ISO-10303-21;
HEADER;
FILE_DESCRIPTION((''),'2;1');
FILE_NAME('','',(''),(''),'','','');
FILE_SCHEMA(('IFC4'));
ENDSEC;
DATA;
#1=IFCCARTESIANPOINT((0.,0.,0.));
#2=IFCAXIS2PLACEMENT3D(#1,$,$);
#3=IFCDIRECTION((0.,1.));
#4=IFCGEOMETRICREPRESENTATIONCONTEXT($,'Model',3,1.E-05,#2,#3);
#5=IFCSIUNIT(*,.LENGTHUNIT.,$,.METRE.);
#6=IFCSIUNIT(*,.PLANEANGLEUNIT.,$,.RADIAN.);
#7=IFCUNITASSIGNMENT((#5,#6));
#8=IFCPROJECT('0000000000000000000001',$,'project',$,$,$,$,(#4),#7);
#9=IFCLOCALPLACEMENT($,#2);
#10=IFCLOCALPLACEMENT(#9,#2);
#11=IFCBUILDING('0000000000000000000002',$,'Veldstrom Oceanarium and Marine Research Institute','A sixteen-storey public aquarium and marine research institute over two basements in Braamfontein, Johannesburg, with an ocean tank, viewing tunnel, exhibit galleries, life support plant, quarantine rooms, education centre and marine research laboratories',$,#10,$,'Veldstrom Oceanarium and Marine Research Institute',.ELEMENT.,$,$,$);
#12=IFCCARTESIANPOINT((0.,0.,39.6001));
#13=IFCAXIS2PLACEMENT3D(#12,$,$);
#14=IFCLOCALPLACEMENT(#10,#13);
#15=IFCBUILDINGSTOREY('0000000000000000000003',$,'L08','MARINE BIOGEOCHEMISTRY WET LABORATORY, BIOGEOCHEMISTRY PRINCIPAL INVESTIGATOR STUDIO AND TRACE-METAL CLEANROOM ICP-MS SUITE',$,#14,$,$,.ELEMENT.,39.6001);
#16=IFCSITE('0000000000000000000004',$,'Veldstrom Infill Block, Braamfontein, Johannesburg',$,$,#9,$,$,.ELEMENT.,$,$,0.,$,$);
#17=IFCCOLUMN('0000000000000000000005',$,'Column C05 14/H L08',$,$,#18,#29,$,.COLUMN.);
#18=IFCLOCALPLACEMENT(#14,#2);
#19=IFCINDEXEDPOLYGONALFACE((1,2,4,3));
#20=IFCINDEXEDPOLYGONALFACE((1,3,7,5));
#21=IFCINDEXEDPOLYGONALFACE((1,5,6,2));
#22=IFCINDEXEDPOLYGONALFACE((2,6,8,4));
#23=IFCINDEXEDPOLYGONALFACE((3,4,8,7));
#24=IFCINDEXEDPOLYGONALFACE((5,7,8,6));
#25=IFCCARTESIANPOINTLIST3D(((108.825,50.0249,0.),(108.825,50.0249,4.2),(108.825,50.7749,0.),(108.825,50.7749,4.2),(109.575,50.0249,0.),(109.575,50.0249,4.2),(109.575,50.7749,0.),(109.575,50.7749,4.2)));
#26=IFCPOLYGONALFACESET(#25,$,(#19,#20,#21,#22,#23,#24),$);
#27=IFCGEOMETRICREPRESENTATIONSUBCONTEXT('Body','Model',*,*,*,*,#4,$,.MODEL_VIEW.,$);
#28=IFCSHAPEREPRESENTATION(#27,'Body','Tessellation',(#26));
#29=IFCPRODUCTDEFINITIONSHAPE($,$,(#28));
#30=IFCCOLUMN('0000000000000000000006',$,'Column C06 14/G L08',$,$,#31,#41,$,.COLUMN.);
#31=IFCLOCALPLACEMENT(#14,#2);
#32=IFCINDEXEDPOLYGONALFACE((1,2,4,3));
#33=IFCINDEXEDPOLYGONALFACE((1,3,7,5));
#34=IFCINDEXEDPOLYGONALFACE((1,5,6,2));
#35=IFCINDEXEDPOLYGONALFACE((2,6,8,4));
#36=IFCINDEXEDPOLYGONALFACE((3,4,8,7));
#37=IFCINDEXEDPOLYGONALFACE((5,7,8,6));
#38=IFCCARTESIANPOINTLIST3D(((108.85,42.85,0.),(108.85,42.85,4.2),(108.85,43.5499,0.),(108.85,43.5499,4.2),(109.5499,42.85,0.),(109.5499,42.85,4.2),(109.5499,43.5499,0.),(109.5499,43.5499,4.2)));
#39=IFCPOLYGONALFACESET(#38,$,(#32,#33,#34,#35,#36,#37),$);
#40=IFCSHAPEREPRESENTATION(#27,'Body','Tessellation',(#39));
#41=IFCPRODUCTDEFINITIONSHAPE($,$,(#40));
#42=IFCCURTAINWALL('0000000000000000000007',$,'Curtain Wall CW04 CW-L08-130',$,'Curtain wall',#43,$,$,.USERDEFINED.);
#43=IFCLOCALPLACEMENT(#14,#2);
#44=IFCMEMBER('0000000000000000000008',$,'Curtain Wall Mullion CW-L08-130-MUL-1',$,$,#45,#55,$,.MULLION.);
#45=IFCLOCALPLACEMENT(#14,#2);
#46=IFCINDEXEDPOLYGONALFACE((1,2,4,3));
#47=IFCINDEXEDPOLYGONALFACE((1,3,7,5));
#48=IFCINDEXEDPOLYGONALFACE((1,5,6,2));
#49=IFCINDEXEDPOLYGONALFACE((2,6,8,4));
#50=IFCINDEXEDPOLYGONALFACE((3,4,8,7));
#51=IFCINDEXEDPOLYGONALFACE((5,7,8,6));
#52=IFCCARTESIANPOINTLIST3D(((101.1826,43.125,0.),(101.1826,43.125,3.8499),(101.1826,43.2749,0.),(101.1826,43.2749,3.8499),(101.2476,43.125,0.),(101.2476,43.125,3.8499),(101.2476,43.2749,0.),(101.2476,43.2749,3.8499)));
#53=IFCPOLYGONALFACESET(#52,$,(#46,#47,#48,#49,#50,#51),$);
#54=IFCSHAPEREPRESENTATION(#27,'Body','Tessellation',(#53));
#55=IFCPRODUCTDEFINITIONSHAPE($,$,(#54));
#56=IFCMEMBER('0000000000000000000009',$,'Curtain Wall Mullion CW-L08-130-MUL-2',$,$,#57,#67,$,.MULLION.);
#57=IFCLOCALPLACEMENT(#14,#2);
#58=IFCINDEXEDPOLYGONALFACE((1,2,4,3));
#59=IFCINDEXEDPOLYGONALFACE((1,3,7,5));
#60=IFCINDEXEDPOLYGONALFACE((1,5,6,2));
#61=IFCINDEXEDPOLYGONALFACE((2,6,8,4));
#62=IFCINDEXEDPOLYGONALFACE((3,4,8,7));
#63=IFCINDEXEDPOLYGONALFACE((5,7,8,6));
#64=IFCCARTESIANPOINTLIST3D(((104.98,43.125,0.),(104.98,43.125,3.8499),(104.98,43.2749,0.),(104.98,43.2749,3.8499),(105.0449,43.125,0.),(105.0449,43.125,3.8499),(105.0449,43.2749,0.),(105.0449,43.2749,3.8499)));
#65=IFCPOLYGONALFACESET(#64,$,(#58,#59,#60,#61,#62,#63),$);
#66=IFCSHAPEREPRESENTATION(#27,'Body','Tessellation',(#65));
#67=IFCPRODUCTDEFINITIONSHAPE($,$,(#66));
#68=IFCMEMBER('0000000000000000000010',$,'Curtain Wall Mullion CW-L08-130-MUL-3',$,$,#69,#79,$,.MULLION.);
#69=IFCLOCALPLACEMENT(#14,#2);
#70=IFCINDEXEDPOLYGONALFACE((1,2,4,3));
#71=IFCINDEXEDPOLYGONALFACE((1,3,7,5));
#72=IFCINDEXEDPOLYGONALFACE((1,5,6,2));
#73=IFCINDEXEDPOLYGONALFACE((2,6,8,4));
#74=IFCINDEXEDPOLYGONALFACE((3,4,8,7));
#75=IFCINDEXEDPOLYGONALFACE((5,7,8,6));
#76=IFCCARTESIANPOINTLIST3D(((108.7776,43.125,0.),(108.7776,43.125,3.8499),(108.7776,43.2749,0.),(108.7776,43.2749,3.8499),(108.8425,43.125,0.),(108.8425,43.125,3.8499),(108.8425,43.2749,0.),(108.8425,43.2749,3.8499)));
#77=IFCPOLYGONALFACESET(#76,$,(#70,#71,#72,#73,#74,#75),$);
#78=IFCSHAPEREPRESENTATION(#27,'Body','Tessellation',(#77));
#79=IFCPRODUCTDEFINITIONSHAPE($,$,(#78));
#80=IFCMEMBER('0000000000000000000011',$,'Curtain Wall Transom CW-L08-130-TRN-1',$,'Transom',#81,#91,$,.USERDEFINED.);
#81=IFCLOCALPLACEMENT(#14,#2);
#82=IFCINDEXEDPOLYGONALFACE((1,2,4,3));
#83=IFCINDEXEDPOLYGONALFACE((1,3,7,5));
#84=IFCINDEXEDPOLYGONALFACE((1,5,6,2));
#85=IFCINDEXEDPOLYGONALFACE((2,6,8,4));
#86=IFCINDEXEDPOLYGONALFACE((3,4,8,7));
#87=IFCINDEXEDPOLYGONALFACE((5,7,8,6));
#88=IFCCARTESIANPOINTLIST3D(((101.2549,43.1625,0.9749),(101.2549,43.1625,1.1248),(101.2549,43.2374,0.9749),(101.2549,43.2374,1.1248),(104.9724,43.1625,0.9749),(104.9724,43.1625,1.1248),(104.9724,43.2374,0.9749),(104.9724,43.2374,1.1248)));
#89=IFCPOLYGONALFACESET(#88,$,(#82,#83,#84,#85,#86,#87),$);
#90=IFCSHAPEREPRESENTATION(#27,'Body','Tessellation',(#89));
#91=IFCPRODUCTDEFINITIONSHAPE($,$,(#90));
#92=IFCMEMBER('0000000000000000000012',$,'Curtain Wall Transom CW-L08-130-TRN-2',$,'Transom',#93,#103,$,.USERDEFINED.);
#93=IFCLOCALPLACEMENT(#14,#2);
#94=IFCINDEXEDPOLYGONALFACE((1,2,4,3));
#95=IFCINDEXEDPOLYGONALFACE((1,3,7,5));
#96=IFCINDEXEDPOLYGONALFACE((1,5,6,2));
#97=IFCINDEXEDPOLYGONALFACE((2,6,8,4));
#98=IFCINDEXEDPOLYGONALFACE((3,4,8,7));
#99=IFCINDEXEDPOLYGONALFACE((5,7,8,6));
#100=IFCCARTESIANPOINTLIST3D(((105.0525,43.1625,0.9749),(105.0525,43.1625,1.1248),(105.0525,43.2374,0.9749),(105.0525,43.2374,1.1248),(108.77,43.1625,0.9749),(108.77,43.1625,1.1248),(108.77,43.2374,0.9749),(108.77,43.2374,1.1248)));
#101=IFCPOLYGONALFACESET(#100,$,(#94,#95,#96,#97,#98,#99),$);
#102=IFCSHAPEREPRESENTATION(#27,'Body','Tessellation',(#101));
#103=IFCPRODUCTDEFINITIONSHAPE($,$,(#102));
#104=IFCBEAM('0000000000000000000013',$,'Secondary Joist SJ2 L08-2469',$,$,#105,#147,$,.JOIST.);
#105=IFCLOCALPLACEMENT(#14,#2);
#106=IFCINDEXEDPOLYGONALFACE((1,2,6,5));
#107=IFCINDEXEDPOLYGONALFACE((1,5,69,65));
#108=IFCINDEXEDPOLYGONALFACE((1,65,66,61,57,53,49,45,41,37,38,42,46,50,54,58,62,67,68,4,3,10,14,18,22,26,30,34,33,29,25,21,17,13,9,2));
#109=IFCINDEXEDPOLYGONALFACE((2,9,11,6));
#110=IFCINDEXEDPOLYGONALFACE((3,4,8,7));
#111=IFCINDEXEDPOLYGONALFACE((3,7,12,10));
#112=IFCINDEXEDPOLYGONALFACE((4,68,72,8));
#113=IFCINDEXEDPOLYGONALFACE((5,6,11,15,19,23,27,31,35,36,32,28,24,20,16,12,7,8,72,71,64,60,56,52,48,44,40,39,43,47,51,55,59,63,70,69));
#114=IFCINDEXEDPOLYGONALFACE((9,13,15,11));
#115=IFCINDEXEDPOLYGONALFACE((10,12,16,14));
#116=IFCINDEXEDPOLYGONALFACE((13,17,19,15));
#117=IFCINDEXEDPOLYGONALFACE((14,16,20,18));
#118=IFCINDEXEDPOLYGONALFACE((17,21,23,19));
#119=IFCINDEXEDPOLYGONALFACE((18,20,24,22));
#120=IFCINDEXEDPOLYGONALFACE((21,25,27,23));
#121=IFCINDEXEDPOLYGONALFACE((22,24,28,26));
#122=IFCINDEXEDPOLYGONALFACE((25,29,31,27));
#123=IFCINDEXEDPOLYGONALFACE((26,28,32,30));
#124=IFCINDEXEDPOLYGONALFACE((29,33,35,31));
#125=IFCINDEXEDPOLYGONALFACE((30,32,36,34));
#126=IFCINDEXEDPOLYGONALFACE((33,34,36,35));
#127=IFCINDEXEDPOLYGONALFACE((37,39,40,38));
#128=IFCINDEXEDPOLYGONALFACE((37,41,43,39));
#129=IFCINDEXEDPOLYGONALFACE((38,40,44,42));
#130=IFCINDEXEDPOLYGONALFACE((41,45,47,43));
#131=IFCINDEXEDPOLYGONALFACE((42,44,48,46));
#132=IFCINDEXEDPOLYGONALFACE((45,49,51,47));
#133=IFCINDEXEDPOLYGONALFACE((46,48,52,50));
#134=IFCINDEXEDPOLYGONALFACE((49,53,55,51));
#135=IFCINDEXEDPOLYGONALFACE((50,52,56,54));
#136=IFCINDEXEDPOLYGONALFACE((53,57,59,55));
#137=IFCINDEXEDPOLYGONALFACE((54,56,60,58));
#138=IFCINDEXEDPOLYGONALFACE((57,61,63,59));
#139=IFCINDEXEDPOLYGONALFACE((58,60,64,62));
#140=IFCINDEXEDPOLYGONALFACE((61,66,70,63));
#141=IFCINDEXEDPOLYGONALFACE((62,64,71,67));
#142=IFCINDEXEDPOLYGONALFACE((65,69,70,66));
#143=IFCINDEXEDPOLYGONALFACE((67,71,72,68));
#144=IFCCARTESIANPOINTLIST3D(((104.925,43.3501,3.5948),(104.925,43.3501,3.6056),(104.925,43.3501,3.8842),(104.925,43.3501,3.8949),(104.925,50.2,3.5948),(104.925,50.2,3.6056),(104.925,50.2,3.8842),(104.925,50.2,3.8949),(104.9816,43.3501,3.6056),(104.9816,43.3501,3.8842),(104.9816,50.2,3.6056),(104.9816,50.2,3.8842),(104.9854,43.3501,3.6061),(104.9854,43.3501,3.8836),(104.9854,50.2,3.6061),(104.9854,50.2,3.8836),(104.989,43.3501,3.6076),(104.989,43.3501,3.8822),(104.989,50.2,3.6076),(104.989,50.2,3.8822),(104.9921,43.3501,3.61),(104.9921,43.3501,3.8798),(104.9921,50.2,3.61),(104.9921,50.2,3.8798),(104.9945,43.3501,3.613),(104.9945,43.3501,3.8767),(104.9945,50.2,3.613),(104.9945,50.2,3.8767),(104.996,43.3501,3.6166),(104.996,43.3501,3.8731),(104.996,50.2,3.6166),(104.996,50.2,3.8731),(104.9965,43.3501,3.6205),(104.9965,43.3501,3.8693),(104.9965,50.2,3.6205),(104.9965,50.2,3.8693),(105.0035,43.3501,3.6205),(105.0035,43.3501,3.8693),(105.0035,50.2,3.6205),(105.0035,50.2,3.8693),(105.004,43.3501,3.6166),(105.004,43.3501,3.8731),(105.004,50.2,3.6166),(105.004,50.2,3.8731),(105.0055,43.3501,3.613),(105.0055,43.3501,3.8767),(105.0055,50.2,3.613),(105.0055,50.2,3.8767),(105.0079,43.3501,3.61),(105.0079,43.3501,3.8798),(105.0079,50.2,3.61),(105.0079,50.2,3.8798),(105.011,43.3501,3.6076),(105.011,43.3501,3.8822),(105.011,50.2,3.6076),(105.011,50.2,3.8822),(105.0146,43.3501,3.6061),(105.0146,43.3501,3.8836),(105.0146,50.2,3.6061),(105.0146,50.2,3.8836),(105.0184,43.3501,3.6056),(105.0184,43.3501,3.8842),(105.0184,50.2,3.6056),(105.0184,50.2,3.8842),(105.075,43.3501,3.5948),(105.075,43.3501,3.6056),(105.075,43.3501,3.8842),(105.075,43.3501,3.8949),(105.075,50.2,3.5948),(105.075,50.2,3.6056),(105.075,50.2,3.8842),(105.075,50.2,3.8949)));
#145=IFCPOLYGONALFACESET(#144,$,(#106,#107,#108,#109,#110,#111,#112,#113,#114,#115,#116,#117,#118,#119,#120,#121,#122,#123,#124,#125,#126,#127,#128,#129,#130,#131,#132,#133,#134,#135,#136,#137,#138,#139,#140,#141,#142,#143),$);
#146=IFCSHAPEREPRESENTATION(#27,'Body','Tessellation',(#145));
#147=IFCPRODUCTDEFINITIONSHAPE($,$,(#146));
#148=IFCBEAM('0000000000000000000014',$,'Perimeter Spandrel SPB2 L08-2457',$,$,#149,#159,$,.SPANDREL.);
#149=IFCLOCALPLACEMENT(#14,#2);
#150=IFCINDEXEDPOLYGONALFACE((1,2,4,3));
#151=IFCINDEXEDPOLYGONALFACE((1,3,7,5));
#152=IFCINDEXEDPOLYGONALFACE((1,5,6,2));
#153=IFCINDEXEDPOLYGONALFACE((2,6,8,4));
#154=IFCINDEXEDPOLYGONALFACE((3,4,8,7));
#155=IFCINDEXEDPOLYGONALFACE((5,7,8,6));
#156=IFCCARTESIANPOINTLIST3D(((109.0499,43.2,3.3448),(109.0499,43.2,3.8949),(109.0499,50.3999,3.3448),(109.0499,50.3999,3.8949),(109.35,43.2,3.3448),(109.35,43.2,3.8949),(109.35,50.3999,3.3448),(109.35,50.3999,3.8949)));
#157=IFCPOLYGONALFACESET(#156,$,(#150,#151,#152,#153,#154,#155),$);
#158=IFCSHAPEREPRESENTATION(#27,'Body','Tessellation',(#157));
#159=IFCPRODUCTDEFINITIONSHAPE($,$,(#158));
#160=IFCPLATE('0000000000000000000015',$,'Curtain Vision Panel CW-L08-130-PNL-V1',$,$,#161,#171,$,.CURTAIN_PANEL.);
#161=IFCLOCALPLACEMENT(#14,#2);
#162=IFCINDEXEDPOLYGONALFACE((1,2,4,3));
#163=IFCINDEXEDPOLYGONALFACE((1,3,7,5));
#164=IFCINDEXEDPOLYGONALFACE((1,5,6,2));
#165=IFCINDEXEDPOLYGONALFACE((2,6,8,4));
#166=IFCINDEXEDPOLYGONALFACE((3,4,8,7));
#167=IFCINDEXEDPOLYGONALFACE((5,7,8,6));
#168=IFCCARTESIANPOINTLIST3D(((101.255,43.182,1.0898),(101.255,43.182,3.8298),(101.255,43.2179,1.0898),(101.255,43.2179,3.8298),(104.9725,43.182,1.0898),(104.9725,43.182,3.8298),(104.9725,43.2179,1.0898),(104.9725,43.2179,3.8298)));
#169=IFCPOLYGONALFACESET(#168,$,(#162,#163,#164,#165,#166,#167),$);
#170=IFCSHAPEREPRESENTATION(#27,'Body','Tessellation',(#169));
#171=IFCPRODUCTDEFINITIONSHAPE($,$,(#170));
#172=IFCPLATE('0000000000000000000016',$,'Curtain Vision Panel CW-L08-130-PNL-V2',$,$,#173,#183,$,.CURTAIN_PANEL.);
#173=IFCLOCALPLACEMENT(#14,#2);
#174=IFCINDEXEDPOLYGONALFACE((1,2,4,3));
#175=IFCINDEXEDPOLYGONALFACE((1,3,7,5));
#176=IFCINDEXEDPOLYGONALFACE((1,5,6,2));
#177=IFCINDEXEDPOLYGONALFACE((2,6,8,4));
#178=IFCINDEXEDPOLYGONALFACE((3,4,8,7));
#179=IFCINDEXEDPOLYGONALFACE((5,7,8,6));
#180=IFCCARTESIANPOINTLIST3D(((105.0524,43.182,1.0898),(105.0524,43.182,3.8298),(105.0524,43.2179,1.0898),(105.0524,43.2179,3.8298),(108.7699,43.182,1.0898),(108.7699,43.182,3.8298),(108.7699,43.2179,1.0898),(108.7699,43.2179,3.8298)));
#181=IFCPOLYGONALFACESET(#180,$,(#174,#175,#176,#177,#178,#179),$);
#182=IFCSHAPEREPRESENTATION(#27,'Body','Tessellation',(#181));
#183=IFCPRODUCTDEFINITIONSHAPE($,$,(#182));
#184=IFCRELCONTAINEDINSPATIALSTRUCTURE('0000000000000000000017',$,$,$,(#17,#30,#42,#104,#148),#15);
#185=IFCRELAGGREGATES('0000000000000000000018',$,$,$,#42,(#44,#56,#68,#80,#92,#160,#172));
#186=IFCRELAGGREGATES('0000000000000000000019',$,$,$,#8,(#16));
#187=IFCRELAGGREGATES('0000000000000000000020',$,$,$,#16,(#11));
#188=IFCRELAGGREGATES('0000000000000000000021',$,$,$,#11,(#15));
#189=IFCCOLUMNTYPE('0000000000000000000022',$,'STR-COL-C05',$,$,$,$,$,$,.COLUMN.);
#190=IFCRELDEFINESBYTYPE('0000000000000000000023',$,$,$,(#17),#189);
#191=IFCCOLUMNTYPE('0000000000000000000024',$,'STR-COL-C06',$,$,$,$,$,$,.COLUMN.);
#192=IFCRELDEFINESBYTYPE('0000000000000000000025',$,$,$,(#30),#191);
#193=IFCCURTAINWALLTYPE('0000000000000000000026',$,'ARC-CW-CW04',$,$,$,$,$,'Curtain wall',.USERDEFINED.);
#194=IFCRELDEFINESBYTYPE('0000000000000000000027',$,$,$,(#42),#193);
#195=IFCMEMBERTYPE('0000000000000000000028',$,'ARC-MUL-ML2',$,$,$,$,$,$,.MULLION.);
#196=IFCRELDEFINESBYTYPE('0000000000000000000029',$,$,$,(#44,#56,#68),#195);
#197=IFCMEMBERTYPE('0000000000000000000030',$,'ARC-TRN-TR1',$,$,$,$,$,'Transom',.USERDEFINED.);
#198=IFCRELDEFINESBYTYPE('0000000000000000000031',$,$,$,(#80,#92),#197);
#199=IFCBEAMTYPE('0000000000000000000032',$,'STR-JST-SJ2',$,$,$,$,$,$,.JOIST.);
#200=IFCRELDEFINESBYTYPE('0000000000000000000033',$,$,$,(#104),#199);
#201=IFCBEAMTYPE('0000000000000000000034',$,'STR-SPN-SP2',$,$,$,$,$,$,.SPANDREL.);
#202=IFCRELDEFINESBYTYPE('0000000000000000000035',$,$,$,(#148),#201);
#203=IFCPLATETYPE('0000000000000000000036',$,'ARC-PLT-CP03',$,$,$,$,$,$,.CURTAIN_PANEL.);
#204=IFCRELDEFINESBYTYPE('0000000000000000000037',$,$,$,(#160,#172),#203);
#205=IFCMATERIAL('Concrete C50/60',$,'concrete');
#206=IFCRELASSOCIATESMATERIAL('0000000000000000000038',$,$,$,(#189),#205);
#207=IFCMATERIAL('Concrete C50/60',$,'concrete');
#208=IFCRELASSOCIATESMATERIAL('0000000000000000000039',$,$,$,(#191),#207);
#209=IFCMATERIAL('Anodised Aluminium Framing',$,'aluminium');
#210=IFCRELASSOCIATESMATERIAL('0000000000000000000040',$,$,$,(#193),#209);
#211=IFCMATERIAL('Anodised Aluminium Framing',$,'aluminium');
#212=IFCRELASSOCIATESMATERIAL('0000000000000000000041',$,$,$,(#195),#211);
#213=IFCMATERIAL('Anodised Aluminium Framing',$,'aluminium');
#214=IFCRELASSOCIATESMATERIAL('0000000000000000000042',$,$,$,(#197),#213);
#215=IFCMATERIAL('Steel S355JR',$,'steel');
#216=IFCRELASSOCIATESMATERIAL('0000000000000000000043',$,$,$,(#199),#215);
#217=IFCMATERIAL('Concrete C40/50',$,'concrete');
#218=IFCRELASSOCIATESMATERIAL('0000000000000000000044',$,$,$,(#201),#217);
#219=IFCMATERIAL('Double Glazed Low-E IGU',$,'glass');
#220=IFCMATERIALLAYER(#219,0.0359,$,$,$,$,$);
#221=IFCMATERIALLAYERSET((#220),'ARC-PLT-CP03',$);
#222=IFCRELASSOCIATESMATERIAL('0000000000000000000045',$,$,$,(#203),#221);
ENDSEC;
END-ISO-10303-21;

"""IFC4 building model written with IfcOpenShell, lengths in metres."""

from ifc_helpers import new_model, si_unit, direction, frame, origin, origin_2d, place, context, subcontext, project, spatial, rectangle, i_section, extrude, material, layer, layer_set, material_profile, profile_set, type_object, element, aggregate, save


model = new_model("IFC4")

# Units and contexts
model_context = context("Model", 3, precision=1e-05, world=origin(), true_north=direction((0.0, 1.0)))
body_context = subcontext(model_context, "Body", "Model", "MODEL_VIEW")
ifc_project = project(units=[si_unit("LENGTHUNIT", "METRE"), si_unit("PLANEANGLEUNIT", "RADIAN")], contexts=[model_context])

# Site, building, storey
site_placement = place(None, origin())
site = spatial("IfcSite", under=ifc_project, at=site_placement, Name="Veldstrom Infill Block, Braamfontein, Johannesburg", CompositionType="ELEMENT", RefElevation=0.0)
building_placement = place(site_placement, origin())
building = spatial("IfcBuilding", under=site, at=building_placement, Name="Veldstrom Oceanarium and Marine Research Institute", Description="A sixteen-storey public aquarium and marine research institute over two basements in Braamfontein, Johannesburg, with an ocean tank, viewing tunnel, exhibit galleries, life support plant, quarantine rooms, education centre and marine research laboratories", LongName="Veldstrom Oceanarium and Marine Research Institute", CompositionType="ELEMENT")
storey_placement = place(building_placement, frame((0.0, 0.0, 39.6001)))
storey = spatial("IfcBuildingStorey", under=building, at=storey_placement, Name="L08", Description="MARINE BIOGEOCHEMISTRY WET LABORATORY, BIOGEOCHEMISTRY PRINCIPAL INVESTIGATOR STUDIO AND TRACE-METAL CLEANROOM ICP-MS SUITE", CompositionType="ELEMENT", Elevation=39.6001)

# Columns
ifc_material_1 = material(Name="Concrete C50/60", Category="concrete")
ifc_material_profile_1 = material_profile(ifc_material_1, rectangle(XDim=0.75, YDim=0.75, at=origin_2d()), Name="RC-COL-750x750")
ifc_profile_set_1 = profile_set([ifc_material_profile_1], Name="Concrete C50/60")
column_type_1 = type_object("IfcColumnType", Name="STR-COL-C05", PredefinedType="COLUMN", material=ifc_profile_set_1)
column_1_placement = place(storey_placement, frame((109.2, 50.3999, 0.0), z_axis=(0.0, 0.0, 1.0), x_axis=(1.0, 0.0, 0.0)))
element("IfcColumn", 1, at=column_1_placement, inside=storey, type_object=column_type_1, Name="Column C05 14/H L08", PredefinedType="COLUMN", context=body_context, shape_type="SweptSolid", body=[
    extrude(rectangle(XDim=0.75, YDim=0.75, at=origin_2d()), origin(), (0.0, 0.0, 1.0), 4.2),
])
ifc_material_2 = material(Name="Concrete C50/60", Category="concrete")
ifc_material_profile_2 = material_profile(ifc_material_2, rectangle(XDim=0.7, YDim=0.7, at=origin_2d()), Name="RC-COL-700x700")
ifc_profile_set_2 = profile_set([ifc_material_profile_2], Name="Concrete C50/60")
column_type_2 = type_object("IfcColumnType", Name="STR-COL-C06", PredefinedType="COLUMN", material=ifc_profile_set_2)
column_2_placement = place(storey_placement, frame((109.2, 43.2, 0.0), z_axis=(0.0, 0.0, 1.0), x_axis=(1.0, 0.0, 0.0)))
element("IfcColumn", 2, at=column_2_placement, inside=storey, type_object=column_type_2, Name="Column C06 14/G L08", PredefinedType="COLUMN", context=body_context, shape_type="SweptSolid", body=[
    extrude(rectangle(XDim=0.7, YDim=0.7, at=origin_2d()), origin(), (0.0, 0.0, 1.0), 4.2),
])

# Curtain wall, members
ifc_material_3 = material(Name="Anodised Aluminium Framing", Category="aluminium")
curtain_wall_type = type_object("IfcCurtainWallType", Name="ARC-CW-CW04", ElementType="Curtain wall", PredefinedType="USERDEFINED", material=ifc_material_3)
curtain_wall_placement = place(storey_placement, origin())
curtain_wall = element("IfcCurtainWall", 3, at=curtain_wall_placement, inside=storey, type_object=curtain_wall_type, Name="Curtain Wall CW04 CW-L08-130", ObjectType="Curtain wall", PredefinedType="USERDEFINED")
ifc_material_4 = material(Name="Anodised Aluminium Framing", Category="aluminium")
ifc_material_profile_3 = material_profile(ifc_material_4, rectangle(XDim=0.0649, YDim=0.1499, at=origin_2d()), Name="ALU-MUL-65x150")
ifc_profile_set_3 = profile_set([ifc_material_profile_3], Name="Anodised Aluminium Framing")
member_type_1 = type_object("IfcMemberType", Name="ARC-MUL-ML2", PredefinedType="MULLION", material=ifc_profile_set_3)
member_1_placement = place(storey_placement, frame((101.2151, 43.2, 0.0), z_axis=(0.0, 0.0, 1.0), x_axis=(1.0, 0.0, 0.0)))
member_1 = element("IfcMember", 4, at=member_1_placement, type_object=member_type_1, Name="Curtain Wall Mullion CW-L08-130-MUL-1", PredefinedType="MULLION", context=body_context, shape_type="SweptSolid", body=[
    extrude(rectangle(XDim=0.0649, YDim=0.1499, at=origin_2d()), origin(), (0.0, 0.0, 1.0), 3.8499),
])
member_2_placement = place(storey_placement, frame((105.0125, 43.2, 0.0), z_axis=(0.0, 0.0, 1.0), x_axis=(1.0, 0.0, 0.0)))
member_2 = element("IfcMember", 5, at=member_2_placement, type_object=member_type_1, Name="Curtain Wall Mullion CW-L08-130-MUL-2", PredefinedType="MULLION", context=body_context, shape_type="SweptSolid", body=[
    extrude(rectangle(XDim=0.0649, YDim=0.1499, at=origin_2d()), origin(), (0.0, 0.0, 1.0), 3.8499),
])
member_3_placement = place(storey_placement, frame((108.8101, 43.2, 0.0), z_axis=(0.0, 0.0, 1.0), x_axis=(1.0, 0.0, 0.0)))
member_3 = element("IfcMember", 6, at=member_3_placement, type_object=member_type_1, Name="Curtain Wall Mullion CW-L08-130-MUL-3", PredefinedType="MULLION", context=body_context, shape_type="SweptSolid", body=[
    extrude(rectangle(XDim=0.0649, YDim=0.1499, at=origin_2d()), origin(), (0.0, 0.0, 1.0), 3.8499),
])
ifc_material_5 = material(Name="Anodised Aluminium Framing", Category="aluminium")
ifc_material_profile_4 = material_profile(ifc_material_5, rectangle(XDim=0.075, YDim=0.1499, at=origin_2d()), Name="ALU-TRN-75x150")
ifc_profile_set_4 = profile_set([ifc_material_profile_4], Name="Anodised Aluminium Framing")
member_type_2 = type_object("IfcMemberType", Name="ARC-TRN-TR1", ElementType="Transom", PredefinedType="USERDEFINED", material=ifc_profile_set_4)
member_4_placement = place(storey_placement, frame((101.2549, 43.2, 1.0498), z_axis=(1.0, 0.0, 0.0), x_axis=(0.0, 1.0, 0.0)))
member_4 = element("IfcMember", 7, at=member_4_placement, type_object=member_type_2, Name="Curtain Wall Transom CW-L08-130-TRN-1", ObjectType="Transom", PredefinedType="USERDEFINED", context=body_context, shape_type="SweptSolid", body=[
    extrude(rectangle(XDim=0.075, YDim=0.1499, at=origin_2d()), origin(), (0.0, 0.0, 1.0), 3.7175),
])
member_5_placement = place(storey_placement, frame((105.0525, 43.2, 1.0498), z_axis=(1.0, 0.0, 0.0), x_axis=(0.0, 1.0, 0.0)))
member_5 = element("IfcMember", 8, at=member_5_placement, type_object=member_type_2, Name="Curtain Wall Transom CW-L08-130-TRN-2", ObjectType="Transom", PredefinedType="USERDEFINED", context=body_context, shape_type="SweptSolid", body=[
    extrude(rectangle(XDim=0.075, YDim=0.1499, at=origin_2d()), origin(), (0.0, 0.0, 1.0), 3.7175),
])

# Beams
ifc_material_6 = material(Name="Steel S355JR", Category="steel")
ifc_material_profile_5 = material_profile(ifc_material_6, i_section(OverallWidth=0.1499, OverallDepth=0.3, WebThickness=0.0071, FlangeThickness=0.0107, FilletRadius=0.0149, at=origin_2d()), Name="IPE 300")
ifc_profile_set_5 = profile_set([ifc_material_profile_5], Name="Steel S355JR")
beam_type_1 = type_object("IfcBeamType", Name="STR-JST-SJ2", PredefinedType="JOIST", material=ifc_profile_set_5)
beam_1_placement = place(storey_placement, frame((105.0, 43.3501, 3.7449), z_axis=(0.0, 1.0, 0.0), x_axis=(-1.0, 0.0, 0.0)))
element("IfcBeam", 9, at=beam_1_placement, inside=storey, type_object=beam_type_1, Name="Secondary Joist SJ2 L08-2469", PredefinedType="JOIST", context=body_context, shape_type="SweptSolid", body=[
    extrude(i_section(OverallWidth=0.1499, OverallDepth=0.3, WebThickness=0.0071, FlangeThickness=0.0107, FilletRadius=0.0149, at=origin_2d()), origin(), (0.0, 0.0, 1.0), 6.8499),
])
ifc_material_7 = material(Name="Concrete C40/50", Category="concrete")
ifc_material_profile_6 = material_profile(ifc_material_7, rectangle(XDim=0.3, YDim=0.55, at=origin_2d()), Name="RC-SPN-300x550")
ifc_profile_set_6 = profile_set([ifc_material_profile_6], Name="Concrete C40/50")
beam_type_2 = type_object("IfcBeamType", Name="STR-SPN-SP2", PredefinedType="SPANDREL", material=ifc_profile_set_6)
beam_2_placement = place(storey_placement, frame((109.2, 43.2, 3.6199), z_axis=(0.0, 1.0, 0.0), x_axis=(-1.0, 0.0, 0.0)))
element("IfcBeam", 10, at=beam_2_placement, inside=storey, type_object=beam_type_2, Name="Perimeter Spandrel SPB2 L08-2457", PredefinedType="SPANDREL", context=body_context, shape_type="SweptSolid", body=[
    extrude(rectangle(XDim=0.3, YDim=0.55, at=origin_2d()), origin(), (0.0, 0.0, 1.0), 7.2),
])

# Plates
ifc_material_8 = material(Name="Double Glazed Low-E IGU", Category="glass")
ifc_layer_1 = layer(ifc_material_8, 0.0359)
ifc_layer_set_1 = layer_set([ifc_layer_1], Name="ARC-PLT-CP03")
plate_type_1 = type_object("IfcPlateType", Name="ARC-PLT-CP03", PredefinedType="CURTAIN_PANEL", material=ifc_layer_set_1)
plate_1_placement = place(storey_placement, frame((103.1138, 43.2, 1.0898), z_axis=(0.0, 0.0, 1.0), x_axis=(1.0, 0.0, 0.0)))
plate_1 = element("IfcPlate", 11, at=plate_1_placement, type_object=plate_type_1, Name="Curtain Vision Panel CW-L08-130-PNL-V1", PredefinedType="CURTAIN_PANEL", context=body_context, shape_type="SweptSolid", body=[
    extrude(rectangle(XDim=3.7175, YDim=0.0359, at=origin_2d()), origin(), (0.0, 0.0, 1.0), 2.74),
])
plate_2_placement = place(storey_placement, frame((106.9111, 43.2, 1.0898), z_axis=(0.0, 0.0, 1.0), x_axis=(1.0, 0.0, 0.0)))
plate_2 = element("IfcPlate", 12, at=plate_2_placement, type_object=plate_type_1, Name="Curtain Vision Panel CW-L08-130-PNL-V2", PredefinedType="CURTAIN_PANEL", context=body_context, shape_type="SweptSolid", body=[
    extrude(rectangle(XDim=3.7175, YDim=0.0359, at=origin_2d()), origin(), (0.0, 0.0, 1.0), 2.74),
])
aggregate(curtain_wall, [member_1, member_2, member_3, member_4, member_5, plate_1, plate_2])

save(model, "model.ifc")
